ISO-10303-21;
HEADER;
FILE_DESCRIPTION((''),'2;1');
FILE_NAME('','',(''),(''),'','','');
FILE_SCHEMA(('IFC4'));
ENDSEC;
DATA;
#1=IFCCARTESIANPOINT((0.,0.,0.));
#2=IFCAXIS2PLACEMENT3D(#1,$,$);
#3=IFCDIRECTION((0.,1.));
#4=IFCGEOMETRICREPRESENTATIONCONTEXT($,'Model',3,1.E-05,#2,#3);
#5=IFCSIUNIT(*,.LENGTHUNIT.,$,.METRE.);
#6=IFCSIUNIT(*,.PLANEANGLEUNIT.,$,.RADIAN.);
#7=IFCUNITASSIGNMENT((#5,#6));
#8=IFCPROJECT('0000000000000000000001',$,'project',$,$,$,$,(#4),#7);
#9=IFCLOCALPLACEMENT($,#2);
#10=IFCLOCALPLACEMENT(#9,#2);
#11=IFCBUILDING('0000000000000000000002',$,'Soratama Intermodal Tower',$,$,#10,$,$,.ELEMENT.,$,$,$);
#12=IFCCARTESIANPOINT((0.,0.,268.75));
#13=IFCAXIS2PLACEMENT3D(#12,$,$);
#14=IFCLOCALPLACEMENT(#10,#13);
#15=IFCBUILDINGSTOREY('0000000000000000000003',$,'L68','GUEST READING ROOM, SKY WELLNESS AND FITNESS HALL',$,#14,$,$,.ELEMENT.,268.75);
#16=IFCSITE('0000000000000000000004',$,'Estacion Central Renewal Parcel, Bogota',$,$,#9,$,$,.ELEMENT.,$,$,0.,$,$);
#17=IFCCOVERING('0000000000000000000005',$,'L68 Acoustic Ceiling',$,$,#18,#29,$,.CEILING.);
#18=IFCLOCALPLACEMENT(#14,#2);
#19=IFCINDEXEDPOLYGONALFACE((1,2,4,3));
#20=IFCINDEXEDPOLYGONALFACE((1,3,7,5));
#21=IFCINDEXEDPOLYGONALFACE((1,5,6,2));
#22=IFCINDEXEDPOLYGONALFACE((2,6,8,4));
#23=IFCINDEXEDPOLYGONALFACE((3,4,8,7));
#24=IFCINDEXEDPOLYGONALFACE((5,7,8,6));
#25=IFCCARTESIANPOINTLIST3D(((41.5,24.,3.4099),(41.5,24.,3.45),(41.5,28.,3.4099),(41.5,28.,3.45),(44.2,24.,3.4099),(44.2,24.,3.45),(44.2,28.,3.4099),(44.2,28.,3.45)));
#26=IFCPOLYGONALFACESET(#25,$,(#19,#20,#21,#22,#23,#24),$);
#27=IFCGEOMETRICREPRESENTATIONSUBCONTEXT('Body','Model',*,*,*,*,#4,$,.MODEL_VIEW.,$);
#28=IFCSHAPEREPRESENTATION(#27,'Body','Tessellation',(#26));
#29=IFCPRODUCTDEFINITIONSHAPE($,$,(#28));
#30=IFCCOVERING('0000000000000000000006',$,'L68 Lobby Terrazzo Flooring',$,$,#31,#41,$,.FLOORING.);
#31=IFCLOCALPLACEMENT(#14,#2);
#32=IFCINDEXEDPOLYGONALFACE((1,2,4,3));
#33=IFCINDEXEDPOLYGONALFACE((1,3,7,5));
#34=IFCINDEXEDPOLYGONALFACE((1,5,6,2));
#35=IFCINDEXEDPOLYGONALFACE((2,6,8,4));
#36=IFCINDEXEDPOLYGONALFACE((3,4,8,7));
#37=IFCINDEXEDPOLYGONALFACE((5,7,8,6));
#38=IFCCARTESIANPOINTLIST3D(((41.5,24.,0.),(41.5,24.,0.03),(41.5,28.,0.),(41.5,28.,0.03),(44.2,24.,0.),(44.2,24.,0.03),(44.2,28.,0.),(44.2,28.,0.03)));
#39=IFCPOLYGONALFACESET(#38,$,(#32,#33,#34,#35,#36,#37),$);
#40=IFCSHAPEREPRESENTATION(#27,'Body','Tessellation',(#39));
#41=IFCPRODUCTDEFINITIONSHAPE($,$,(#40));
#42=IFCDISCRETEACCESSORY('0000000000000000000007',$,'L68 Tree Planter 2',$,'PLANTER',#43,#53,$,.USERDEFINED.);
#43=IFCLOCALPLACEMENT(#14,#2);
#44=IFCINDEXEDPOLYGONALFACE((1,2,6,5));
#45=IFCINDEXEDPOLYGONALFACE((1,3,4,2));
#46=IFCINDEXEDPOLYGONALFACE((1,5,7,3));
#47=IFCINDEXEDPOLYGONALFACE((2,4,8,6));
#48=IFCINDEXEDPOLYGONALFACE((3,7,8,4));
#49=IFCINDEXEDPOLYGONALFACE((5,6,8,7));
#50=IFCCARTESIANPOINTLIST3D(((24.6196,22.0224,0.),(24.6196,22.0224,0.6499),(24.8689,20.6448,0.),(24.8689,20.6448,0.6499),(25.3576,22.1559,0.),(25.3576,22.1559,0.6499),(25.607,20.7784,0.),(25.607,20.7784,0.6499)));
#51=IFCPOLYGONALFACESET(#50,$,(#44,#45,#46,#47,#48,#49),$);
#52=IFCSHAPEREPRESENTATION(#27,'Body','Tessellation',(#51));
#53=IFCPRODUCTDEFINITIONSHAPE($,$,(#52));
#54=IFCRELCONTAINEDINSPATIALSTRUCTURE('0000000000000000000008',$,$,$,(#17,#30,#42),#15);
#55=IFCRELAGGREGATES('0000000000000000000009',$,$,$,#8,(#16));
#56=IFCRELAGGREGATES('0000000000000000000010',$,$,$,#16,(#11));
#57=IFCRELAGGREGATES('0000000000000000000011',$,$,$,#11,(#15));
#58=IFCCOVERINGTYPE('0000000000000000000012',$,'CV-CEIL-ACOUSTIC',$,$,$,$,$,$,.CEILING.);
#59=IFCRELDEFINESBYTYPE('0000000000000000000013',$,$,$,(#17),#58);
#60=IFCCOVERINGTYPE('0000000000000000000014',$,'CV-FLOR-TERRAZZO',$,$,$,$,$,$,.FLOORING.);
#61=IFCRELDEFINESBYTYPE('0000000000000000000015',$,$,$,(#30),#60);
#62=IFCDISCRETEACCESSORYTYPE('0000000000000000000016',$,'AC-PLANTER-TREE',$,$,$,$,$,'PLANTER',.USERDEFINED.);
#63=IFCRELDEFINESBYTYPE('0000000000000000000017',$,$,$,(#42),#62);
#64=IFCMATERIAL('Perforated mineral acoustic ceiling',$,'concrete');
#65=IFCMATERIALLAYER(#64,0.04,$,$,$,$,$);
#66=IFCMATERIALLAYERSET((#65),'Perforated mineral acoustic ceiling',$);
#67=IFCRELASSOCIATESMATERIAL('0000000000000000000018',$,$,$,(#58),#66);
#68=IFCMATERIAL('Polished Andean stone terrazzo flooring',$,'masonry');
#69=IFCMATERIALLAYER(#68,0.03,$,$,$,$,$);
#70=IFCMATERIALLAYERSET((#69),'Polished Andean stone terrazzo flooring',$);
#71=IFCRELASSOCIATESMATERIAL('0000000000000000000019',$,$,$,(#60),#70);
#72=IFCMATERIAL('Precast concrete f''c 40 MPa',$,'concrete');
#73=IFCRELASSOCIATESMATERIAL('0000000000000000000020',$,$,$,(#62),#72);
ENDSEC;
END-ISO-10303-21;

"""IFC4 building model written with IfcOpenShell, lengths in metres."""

from ifc_helpers import new_model, si_unit, direction, frame, origin, origin_2d, place, context, subcontext, project, spatial, polyline, rectangle, outline, extrude, material, layer, layer_set, type_object, element, save


model = new_model("IFC4")

# Units and contexts
model_context = context("Model", 3, precision=1e-05, world=origin(), true_north=direction((0.0, 1.0)))
body_context = subcontext(model_context, "Body", "Model", "MODEL_VIEW")
ifc_project = project(units=[si_unit("LENGTHUNIT", "METRE"), si_unit("PLANEANGLEUNIT", "RADIAN")], contexts=[model_context])

# Site, building, storey
site_placement = place(None, origin())
site = spatial("IfcSite", under=ifc_project, at=site_placement, Name="Estacion Central Renewal Parcel, Bogota", CompositionType="ELEMENT", RefElevation=0.0)
building_placement = place(site_placement, origin())
building = spatial("IfcBuilding", under=site, at=building_placement, Name="Soratama Intermodal Tower", CompositionType="ELEMENT")
storey_placement = place(building_placement, frame((0.0, 0.0, 268.75)))
storey = spatial("IfcBuildingStorey", under=building, at=storey_placement, Name="L68", Description="GUEST READING ROOM, SKY WELLNESS AND FITNESS HALL", CompositionType="ELEMENT", Elevation=268.75)

# Coverings
ifc_material_1 = material(Name="Perforated mineral acoustic ceiling", Category="concrete")
ifc_layer_1 = layer(ifc_material_1, 0.04)
ifc_layer_set_1 = layer_set([ifc_layer_1], Name="Perforated mineral acoustic ceiling")
covering_type_1 = type_object("IfcCoveringType", Name="CV-CEIL-ACOUSTIC", PredefinedType="CEILING", material=ifc_layer_set_1)
covering_1_placement = place(storey_placement, frame((0.0, 0.0, 3.4099)))
element("IfcCovering", 1, at=covering_1_placement, inside=storey, type_object=covering_type_1, Name="L68 Acoustic Ceiling", PredefinedType="CEILING", context=body_context, shape_type="SweptSolid", body=[
    extrude(outline(polyline([(41.5, 24.0), (44.2, 24.0), (44.2, 28.0), (41.5, 28.0), (41.5, 24.0)])), origin(), (0.0, 0.0, 1.0), 0.04),
])
ifc_material_2 = material(Name="Polished Andean stone terrazzo flooring", Category="masonry")
ifc_layer_2 = layer(ifc_material_2, 0.03)
ifc_layer_set_2 = layer_set([ifc_layer_2], Name="Polished Andean stone terrazzo flooring")
covering_type_2 = type_object("IfcCoveringType", Name="CV-FLOR-TERRAZZO", PredefinedType="FLOORING", material=ifc_layer_set_2)
covering_2_placement = place(storey_placement, origin())
element("IfcCovering", 2, at=covering_2_placement, inside=storey, type_object=covering_type_2, Name="L68 Lobby Terrazzo Flooring", PredefinedType="FLOORING", context=body_context, shape_type="SweptSolid", body=[
    extrude(outline(polyline([(41.5, 24.0), (44.2, 24.0), (44.2, 28.0), (41.5, 28.0), (41.5, 24.0)])), origin(), (0.0, 0.0, 1.0), 0.03),
])

# Discrete accessory
ifc_material_3 = material(Name="Precast concrete f'c 40 MPa", Category="concrete")
discrete_accessory_type = type_object("IfcDiscreteAccessoryType", Name="AC-PLANTER-TREE", ElementType="PLANTER", PredefinedType="USERDEFINED", material=ifc_material_3)
discrete_accessory_placement = place(storey_placement, frame((25.1133, 21.4004, 0.0), z_axis=(0.0, 0.0, 1.0), x_axis=(-0.98401, -0.178115, 0.0)))
element("IfcDiscreteAccessory", 3, at=discrete_accessory_placement, inside=storey, type_object=discrete_accessory_type, Name="L68 Tree Planter 2", ObjectType="PLANTER", PredefinedType="USERDEFINED", context=body_context, shape_type="SweptSolid", body=[
    extrude(rectangle(XDim=0.75, YDim=1.3999, at=origin_2d()), origin(), (0.0, 0.0, 1.0), 0.6499),
])

save(model, "model.ifc")
